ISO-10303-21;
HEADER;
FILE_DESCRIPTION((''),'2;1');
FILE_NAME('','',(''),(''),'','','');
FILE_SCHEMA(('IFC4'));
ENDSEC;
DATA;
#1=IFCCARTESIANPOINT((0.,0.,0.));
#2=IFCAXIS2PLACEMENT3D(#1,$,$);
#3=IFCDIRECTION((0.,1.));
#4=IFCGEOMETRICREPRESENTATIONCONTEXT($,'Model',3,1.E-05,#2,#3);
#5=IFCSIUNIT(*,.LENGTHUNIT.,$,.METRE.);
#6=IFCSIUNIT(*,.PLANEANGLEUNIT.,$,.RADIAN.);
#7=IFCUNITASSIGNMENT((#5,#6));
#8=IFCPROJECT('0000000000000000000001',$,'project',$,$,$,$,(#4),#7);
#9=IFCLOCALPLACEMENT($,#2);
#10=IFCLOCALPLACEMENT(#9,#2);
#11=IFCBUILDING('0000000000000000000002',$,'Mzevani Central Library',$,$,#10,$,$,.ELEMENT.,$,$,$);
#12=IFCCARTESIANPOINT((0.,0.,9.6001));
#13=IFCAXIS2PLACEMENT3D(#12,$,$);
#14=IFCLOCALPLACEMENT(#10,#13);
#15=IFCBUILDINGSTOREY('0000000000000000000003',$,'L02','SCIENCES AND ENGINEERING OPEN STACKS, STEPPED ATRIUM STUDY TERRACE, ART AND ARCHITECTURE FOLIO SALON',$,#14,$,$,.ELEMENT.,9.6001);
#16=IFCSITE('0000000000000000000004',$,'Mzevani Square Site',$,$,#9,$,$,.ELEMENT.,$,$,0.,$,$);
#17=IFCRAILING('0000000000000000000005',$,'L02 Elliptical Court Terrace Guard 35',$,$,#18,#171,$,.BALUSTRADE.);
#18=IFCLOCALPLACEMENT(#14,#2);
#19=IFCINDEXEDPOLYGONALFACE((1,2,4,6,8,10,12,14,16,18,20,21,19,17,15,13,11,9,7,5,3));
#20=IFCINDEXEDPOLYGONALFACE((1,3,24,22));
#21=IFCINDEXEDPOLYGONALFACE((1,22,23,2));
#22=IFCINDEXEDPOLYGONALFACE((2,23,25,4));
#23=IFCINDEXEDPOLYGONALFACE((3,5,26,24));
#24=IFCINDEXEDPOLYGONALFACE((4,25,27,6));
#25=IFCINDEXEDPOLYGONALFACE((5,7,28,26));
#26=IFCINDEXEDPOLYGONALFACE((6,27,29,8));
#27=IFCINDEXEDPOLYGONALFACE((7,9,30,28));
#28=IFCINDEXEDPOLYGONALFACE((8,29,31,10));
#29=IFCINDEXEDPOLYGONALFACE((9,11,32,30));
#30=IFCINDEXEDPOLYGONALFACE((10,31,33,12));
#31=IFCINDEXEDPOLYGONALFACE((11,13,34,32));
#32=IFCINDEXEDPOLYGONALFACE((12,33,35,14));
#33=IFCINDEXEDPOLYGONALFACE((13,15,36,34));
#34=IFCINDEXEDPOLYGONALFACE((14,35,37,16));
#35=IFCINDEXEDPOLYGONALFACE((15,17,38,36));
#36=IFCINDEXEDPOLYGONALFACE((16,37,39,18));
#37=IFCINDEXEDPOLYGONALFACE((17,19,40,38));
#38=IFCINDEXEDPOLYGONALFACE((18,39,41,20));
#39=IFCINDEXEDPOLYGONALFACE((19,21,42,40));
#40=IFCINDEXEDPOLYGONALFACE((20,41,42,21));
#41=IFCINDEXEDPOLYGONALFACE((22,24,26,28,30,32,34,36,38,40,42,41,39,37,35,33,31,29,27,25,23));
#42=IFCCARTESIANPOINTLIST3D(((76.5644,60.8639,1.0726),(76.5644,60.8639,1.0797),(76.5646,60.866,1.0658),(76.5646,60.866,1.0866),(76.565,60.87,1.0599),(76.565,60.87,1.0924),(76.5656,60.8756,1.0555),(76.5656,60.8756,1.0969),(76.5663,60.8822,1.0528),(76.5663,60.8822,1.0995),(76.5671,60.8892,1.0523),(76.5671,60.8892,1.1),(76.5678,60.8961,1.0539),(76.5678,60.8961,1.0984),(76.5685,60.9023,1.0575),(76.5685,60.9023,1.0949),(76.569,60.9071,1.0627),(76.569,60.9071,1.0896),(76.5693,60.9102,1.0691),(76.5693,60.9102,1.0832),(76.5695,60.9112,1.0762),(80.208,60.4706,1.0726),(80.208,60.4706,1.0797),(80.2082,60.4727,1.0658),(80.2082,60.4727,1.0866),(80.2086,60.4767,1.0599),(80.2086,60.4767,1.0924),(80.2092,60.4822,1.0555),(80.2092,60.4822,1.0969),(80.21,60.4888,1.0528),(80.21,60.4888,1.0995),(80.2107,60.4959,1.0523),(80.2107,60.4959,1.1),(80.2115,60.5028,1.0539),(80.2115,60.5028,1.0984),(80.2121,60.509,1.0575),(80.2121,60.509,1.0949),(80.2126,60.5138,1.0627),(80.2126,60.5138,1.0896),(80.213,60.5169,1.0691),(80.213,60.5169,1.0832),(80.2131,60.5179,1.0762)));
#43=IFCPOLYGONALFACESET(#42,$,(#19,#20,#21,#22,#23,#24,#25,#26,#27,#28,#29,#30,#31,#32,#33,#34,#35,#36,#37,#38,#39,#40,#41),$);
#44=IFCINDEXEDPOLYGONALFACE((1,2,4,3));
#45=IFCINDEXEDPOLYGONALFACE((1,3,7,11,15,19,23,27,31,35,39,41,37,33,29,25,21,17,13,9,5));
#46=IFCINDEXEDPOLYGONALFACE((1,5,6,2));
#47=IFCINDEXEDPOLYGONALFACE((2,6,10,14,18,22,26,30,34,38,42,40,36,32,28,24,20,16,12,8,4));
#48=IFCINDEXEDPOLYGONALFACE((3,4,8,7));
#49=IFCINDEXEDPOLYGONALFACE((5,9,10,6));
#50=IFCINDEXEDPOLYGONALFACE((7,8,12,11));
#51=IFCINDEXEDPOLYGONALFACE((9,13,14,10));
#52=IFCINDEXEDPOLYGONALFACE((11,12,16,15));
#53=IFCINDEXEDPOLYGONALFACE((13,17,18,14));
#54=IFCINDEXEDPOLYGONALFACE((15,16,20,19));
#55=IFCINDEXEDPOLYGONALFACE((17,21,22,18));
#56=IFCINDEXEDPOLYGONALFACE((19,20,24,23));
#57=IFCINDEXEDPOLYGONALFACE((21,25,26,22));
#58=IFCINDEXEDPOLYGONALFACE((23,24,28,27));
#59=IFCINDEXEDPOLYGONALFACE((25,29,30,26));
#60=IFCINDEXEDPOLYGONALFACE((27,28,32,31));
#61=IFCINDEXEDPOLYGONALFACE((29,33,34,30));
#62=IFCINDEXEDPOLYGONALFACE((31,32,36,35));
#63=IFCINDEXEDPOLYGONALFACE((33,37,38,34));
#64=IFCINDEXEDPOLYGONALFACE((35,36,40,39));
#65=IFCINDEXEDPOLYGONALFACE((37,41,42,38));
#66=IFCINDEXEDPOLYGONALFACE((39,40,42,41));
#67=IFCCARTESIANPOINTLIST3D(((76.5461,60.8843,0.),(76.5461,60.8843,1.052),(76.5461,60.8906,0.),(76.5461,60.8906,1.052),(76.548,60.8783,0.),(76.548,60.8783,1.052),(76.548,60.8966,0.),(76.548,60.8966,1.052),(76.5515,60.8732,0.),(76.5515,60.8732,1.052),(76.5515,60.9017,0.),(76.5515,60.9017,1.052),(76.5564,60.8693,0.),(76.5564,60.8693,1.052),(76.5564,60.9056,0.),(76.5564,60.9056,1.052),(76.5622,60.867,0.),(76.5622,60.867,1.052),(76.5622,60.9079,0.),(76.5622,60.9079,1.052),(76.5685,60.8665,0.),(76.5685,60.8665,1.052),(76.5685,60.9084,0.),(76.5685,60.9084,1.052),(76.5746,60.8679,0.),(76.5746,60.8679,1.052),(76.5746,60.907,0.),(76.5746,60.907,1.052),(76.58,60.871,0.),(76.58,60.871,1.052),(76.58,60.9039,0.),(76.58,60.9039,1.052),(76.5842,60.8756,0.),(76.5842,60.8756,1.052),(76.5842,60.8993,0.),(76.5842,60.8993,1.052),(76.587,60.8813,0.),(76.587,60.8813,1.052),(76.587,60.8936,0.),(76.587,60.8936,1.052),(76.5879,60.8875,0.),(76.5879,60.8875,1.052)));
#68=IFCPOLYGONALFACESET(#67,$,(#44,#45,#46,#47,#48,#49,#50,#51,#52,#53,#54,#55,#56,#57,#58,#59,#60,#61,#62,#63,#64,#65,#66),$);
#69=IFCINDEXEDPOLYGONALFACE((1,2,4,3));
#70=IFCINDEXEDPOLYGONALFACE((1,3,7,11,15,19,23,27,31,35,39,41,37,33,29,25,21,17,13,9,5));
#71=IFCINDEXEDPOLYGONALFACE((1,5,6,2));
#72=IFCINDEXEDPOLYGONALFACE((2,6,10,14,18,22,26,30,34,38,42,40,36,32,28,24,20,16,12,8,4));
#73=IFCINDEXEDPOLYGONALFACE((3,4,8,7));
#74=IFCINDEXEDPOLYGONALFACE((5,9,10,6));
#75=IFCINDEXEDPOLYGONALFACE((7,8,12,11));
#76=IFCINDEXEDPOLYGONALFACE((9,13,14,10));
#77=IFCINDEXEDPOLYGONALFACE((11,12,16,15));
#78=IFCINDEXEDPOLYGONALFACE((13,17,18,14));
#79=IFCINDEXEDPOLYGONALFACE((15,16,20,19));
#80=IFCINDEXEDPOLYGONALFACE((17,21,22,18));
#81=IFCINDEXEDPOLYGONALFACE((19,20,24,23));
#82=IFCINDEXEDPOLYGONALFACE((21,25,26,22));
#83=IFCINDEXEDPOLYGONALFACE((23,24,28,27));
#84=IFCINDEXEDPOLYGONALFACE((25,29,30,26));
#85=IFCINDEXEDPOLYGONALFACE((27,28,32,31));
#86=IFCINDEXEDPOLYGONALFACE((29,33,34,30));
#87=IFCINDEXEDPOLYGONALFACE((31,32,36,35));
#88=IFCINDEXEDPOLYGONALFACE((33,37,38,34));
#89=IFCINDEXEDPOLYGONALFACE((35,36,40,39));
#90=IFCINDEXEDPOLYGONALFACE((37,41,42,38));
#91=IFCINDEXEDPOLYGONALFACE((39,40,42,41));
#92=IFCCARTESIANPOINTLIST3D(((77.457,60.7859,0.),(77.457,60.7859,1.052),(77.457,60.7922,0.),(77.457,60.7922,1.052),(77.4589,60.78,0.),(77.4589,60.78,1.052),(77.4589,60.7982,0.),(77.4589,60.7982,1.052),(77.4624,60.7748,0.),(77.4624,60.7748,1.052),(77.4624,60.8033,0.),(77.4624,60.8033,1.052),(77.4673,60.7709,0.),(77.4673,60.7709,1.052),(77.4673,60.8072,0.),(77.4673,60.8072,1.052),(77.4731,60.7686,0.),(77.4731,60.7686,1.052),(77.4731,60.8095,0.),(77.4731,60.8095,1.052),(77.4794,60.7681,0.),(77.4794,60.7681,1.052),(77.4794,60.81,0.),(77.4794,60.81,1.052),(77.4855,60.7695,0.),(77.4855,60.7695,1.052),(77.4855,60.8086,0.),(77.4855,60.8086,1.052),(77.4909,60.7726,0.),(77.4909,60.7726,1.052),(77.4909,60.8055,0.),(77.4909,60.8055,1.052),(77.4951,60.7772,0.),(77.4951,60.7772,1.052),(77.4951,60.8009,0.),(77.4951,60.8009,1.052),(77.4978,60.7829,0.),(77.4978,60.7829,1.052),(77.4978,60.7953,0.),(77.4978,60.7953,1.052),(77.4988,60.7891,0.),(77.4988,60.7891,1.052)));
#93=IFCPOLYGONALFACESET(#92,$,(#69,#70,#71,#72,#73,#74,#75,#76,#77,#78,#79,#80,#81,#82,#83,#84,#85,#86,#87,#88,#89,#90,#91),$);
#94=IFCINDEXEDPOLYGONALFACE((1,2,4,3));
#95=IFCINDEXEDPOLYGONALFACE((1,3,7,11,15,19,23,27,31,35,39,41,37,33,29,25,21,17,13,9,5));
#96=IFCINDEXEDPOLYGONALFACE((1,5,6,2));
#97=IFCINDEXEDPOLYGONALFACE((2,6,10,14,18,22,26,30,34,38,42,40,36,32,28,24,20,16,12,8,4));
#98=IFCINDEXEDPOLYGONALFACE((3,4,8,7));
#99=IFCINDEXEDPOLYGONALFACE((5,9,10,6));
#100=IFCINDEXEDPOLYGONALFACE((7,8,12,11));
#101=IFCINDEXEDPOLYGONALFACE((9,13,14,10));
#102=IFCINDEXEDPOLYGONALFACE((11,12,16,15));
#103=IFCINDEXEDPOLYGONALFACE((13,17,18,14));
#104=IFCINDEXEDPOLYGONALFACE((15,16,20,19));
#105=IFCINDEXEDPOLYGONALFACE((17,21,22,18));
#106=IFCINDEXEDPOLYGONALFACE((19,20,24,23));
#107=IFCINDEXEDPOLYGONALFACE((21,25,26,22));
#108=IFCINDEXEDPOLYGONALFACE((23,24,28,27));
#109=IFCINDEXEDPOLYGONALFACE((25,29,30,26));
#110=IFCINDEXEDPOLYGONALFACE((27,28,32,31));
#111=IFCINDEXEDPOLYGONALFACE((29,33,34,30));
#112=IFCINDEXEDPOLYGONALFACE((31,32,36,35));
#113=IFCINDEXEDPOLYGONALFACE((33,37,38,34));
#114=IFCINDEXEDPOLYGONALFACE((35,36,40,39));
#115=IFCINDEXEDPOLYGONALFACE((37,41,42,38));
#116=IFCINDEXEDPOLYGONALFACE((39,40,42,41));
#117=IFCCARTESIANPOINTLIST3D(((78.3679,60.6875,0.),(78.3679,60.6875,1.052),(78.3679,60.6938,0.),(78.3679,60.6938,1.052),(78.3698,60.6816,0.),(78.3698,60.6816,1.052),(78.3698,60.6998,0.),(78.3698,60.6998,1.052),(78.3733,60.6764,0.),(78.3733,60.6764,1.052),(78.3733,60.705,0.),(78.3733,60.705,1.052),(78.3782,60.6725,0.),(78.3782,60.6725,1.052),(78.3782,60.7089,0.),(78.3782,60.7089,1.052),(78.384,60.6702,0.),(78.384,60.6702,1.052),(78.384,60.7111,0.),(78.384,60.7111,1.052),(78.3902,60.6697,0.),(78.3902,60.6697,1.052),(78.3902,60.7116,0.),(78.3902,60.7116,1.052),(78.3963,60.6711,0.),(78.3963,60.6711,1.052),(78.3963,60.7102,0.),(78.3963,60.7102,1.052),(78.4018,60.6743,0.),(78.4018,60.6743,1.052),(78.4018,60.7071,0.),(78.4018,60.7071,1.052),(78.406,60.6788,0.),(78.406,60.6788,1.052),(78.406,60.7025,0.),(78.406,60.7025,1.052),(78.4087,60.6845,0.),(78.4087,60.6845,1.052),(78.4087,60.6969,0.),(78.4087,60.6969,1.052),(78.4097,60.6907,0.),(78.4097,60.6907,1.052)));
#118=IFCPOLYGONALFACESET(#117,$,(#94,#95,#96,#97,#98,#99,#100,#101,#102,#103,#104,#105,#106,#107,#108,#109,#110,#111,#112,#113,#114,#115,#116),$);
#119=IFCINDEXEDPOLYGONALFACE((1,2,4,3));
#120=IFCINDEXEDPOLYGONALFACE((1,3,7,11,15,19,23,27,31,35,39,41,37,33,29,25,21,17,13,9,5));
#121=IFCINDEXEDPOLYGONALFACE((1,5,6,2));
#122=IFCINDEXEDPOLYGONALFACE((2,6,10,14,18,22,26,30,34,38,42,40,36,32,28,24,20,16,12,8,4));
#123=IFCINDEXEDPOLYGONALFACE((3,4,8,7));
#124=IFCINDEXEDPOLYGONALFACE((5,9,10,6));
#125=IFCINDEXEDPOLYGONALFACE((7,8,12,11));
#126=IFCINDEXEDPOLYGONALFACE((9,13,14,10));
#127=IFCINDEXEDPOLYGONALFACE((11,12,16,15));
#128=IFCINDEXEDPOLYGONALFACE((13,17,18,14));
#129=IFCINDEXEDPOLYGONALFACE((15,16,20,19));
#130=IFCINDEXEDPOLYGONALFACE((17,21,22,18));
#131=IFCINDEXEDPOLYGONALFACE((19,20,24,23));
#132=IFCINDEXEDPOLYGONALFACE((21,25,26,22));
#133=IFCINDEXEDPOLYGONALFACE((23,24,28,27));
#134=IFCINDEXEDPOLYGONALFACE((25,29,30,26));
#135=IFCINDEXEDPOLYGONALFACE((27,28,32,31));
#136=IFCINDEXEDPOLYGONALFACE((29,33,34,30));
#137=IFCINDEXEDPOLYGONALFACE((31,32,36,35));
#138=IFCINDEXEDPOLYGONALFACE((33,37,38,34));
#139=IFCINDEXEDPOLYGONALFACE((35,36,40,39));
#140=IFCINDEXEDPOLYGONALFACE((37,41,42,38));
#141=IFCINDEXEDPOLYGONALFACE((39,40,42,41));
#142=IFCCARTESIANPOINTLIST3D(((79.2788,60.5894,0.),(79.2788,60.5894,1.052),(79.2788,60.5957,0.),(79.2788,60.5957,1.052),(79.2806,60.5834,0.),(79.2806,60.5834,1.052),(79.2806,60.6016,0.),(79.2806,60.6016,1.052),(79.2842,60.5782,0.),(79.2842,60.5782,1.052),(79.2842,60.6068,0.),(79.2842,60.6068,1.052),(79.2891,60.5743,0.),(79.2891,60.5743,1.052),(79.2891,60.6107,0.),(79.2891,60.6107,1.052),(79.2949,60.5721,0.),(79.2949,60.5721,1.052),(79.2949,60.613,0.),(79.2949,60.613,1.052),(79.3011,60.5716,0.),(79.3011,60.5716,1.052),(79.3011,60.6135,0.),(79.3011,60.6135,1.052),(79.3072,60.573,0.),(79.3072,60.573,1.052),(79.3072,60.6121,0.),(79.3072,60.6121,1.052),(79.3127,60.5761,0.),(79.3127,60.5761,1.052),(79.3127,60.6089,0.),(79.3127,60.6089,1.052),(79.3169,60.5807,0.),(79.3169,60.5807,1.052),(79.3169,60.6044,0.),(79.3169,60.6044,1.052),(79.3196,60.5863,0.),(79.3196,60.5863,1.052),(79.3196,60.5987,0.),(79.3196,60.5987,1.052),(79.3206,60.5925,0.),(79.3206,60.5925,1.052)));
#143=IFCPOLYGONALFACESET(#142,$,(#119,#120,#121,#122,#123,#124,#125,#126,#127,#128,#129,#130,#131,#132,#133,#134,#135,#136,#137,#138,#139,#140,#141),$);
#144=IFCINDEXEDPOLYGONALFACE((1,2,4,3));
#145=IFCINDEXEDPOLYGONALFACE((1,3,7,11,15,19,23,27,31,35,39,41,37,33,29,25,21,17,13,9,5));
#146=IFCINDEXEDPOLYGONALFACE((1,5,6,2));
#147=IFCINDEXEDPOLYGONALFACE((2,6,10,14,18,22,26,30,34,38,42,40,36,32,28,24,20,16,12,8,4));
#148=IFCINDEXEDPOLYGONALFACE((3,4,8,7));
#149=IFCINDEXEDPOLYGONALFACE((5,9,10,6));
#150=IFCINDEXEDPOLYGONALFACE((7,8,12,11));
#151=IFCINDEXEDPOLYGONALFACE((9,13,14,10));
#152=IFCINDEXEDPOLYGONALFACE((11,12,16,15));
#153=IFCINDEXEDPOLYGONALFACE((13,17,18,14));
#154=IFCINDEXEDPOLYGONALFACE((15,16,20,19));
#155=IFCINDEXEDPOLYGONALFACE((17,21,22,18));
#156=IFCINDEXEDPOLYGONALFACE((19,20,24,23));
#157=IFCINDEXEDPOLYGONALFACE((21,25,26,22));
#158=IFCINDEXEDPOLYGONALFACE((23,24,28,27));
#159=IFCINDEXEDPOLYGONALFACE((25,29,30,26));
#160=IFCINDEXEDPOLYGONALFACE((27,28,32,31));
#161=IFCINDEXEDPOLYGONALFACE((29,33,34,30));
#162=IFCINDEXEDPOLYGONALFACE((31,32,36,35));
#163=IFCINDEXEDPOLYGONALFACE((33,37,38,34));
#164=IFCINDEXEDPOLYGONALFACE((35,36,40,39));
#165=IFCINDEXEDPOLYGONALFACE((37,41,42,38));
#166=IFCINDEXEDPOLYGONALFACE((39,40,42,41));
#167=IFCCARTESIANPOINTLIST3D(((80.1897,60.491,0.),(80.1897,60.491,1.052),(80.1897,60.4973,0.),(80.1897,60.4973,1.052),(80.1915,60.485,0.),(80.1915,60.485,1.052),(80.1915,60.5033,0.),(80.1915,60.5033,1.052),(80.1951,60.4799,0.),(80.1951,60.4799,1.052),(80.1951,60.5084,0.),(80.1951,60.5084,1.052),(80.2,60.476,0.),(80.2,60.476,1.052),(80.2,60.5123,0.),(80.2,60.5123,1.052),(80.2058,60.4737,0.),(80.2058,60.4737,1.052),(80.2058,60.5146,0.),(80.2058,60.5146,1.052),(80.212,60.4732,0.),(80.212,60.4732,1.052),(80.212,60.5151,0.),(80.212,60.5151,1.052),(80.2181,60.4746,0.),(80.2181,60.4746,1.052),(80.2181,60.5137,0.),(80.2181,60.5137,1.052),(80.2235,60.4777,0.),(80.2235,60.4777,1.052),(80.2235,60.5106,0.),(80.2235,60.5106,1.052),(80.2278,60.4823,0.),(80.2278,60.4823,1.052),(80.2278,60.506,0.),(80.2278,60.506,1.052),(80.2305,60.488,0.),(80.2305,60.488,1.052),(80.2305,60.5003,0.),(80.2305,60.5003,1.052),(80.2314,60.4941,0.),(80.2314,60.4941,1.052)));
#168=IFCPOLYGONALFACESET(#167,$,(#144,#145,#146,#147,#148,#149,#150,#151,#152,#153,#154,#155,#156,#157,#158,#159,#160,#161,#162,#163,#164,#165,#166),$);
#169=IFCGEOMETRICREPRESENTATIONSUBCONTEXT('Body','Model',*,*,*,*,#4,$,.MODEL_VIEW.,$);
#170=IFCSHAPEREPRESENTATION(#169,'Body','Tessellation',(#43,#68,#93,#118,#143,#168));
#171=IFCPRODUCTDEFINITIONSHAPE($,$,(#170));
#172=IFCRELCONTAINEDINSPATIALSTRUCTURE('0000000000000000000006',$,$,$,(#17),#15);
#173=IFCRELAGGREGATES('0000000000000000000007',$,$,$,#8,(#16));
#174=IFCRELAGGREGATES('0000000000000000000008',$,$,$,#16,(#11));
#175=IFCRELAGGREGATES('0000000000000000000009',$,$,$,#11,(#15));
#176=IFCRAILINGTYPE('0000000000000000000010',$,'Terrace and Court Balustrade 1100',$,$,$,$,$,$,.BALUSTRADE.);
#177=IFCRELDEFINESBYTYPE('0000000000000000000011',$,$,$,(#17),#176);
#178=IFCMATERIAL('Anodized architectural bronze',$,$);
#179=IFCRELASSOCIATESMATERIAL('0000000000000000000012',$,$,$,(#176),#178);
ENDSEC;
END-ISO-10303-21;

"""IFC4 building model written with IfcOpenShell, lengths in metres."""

from ifc_helpers import new_model, si_unit, direction, frame, origin, origin_2d, place, context, subcontext, project, spatial, circle, extrude, material, type_object, element, save


model = new_model("IFC4")

# Units and contexts
model_context = context("Model", 3, precision=1e-05, world=origin(), true_north=direction((0.0, 1.0)))
body_context = subcontext(model_context, "Body", "Model", "MODEL_VIEW")
ifc_project = project(units=[si_unit("LENGTHUNIT", "METRE"), si_unit("PLANEANGLEUNIT", "RADIAN")], contexts=[model_context])

# Site, building, storey
site_placement = place(None, origin())
site = spatial("IfcSite", under=ifc_project, at=site_placement, Name="Mzevani Square Site", CompositionType="ELEMENT", RefElevation=0.0)
building_placement = place(site_placement, origin())
building = spatial("IfcBuilding", under=site, at=building_placement, Name="Mzevani Central Library", CompositionType="ELEMENT")
storey_placement = place(building_placement, frame((0.0, 0.0, 9.6001)))
storey = spatial("IfcBuildingStorey", under=building, at=storey_placement, Name="L02", Description="SCIENCES AND ENGINEERING OPEN STACKS, STEPPED ATRIUM STUDY TERRACE, ART AND ARCHITECTURE FOLIO SALON", CompositionType="ELEMENT", Elevation=9.6001)

# Railing
ifc_material_1 = material(Name="Anodized architectural bronze")
railing_type = type_object("IfcRailingType", Name="Terrace and Court Balustrade 1100", PredefinedType="BALUSTRADE", material=ifc_material_1)
railing_placement = place(storey_placement, frame((76.5669, 60.8875, 0.0)))
element("IfcRailing", 1, at=railing_placement, inside=storey, type_object=railing_type, Name="L02 Elliptical Court Terrace Guard 35", PredefinedType="BALUSTRADE", context=body_context, shape_type="SweptSolid", body=[
    extrude(circle(Radius=0.0239, at=origin_2d()), frame((0.0, 0.0, 1.0762), z_axis=(0.994224, -0.107323, 0.0), x_axis=(0.107323, 0.994224, 0.0)), (0.0, 0.0, 1.0), 3.6648),
    extrude(circle(Radius=0.021, at=origin_2d()), origin(), (0.0, 0.0, 1.0), 1.052),
    extrude(circle(Radius=0.021, at=origin_2d()), frame((0.9109, -0.0984, 0.0)), (0.0, 0.0, 1.0), 1.052),
    extrude(circle(Radius=0.021, at=origin_2d()), frame((1.8218, -0.1968, 0.0)), (0.0, 0.0, 1.0), 1.052),
    extrude(circle(Radius=0.021, at=origin_2d()), frame((2.7327, -0.2949, 0.0)), (0.0, 0.0, 1.0), 1.052),
    extrude(circle(Radius=0.021, at=origin_2d()), frame((3.6436, -0.3933, 0.0)), (0.0, 0.0, 1.0), 1.052),
])

save(model, "model.ifc")
